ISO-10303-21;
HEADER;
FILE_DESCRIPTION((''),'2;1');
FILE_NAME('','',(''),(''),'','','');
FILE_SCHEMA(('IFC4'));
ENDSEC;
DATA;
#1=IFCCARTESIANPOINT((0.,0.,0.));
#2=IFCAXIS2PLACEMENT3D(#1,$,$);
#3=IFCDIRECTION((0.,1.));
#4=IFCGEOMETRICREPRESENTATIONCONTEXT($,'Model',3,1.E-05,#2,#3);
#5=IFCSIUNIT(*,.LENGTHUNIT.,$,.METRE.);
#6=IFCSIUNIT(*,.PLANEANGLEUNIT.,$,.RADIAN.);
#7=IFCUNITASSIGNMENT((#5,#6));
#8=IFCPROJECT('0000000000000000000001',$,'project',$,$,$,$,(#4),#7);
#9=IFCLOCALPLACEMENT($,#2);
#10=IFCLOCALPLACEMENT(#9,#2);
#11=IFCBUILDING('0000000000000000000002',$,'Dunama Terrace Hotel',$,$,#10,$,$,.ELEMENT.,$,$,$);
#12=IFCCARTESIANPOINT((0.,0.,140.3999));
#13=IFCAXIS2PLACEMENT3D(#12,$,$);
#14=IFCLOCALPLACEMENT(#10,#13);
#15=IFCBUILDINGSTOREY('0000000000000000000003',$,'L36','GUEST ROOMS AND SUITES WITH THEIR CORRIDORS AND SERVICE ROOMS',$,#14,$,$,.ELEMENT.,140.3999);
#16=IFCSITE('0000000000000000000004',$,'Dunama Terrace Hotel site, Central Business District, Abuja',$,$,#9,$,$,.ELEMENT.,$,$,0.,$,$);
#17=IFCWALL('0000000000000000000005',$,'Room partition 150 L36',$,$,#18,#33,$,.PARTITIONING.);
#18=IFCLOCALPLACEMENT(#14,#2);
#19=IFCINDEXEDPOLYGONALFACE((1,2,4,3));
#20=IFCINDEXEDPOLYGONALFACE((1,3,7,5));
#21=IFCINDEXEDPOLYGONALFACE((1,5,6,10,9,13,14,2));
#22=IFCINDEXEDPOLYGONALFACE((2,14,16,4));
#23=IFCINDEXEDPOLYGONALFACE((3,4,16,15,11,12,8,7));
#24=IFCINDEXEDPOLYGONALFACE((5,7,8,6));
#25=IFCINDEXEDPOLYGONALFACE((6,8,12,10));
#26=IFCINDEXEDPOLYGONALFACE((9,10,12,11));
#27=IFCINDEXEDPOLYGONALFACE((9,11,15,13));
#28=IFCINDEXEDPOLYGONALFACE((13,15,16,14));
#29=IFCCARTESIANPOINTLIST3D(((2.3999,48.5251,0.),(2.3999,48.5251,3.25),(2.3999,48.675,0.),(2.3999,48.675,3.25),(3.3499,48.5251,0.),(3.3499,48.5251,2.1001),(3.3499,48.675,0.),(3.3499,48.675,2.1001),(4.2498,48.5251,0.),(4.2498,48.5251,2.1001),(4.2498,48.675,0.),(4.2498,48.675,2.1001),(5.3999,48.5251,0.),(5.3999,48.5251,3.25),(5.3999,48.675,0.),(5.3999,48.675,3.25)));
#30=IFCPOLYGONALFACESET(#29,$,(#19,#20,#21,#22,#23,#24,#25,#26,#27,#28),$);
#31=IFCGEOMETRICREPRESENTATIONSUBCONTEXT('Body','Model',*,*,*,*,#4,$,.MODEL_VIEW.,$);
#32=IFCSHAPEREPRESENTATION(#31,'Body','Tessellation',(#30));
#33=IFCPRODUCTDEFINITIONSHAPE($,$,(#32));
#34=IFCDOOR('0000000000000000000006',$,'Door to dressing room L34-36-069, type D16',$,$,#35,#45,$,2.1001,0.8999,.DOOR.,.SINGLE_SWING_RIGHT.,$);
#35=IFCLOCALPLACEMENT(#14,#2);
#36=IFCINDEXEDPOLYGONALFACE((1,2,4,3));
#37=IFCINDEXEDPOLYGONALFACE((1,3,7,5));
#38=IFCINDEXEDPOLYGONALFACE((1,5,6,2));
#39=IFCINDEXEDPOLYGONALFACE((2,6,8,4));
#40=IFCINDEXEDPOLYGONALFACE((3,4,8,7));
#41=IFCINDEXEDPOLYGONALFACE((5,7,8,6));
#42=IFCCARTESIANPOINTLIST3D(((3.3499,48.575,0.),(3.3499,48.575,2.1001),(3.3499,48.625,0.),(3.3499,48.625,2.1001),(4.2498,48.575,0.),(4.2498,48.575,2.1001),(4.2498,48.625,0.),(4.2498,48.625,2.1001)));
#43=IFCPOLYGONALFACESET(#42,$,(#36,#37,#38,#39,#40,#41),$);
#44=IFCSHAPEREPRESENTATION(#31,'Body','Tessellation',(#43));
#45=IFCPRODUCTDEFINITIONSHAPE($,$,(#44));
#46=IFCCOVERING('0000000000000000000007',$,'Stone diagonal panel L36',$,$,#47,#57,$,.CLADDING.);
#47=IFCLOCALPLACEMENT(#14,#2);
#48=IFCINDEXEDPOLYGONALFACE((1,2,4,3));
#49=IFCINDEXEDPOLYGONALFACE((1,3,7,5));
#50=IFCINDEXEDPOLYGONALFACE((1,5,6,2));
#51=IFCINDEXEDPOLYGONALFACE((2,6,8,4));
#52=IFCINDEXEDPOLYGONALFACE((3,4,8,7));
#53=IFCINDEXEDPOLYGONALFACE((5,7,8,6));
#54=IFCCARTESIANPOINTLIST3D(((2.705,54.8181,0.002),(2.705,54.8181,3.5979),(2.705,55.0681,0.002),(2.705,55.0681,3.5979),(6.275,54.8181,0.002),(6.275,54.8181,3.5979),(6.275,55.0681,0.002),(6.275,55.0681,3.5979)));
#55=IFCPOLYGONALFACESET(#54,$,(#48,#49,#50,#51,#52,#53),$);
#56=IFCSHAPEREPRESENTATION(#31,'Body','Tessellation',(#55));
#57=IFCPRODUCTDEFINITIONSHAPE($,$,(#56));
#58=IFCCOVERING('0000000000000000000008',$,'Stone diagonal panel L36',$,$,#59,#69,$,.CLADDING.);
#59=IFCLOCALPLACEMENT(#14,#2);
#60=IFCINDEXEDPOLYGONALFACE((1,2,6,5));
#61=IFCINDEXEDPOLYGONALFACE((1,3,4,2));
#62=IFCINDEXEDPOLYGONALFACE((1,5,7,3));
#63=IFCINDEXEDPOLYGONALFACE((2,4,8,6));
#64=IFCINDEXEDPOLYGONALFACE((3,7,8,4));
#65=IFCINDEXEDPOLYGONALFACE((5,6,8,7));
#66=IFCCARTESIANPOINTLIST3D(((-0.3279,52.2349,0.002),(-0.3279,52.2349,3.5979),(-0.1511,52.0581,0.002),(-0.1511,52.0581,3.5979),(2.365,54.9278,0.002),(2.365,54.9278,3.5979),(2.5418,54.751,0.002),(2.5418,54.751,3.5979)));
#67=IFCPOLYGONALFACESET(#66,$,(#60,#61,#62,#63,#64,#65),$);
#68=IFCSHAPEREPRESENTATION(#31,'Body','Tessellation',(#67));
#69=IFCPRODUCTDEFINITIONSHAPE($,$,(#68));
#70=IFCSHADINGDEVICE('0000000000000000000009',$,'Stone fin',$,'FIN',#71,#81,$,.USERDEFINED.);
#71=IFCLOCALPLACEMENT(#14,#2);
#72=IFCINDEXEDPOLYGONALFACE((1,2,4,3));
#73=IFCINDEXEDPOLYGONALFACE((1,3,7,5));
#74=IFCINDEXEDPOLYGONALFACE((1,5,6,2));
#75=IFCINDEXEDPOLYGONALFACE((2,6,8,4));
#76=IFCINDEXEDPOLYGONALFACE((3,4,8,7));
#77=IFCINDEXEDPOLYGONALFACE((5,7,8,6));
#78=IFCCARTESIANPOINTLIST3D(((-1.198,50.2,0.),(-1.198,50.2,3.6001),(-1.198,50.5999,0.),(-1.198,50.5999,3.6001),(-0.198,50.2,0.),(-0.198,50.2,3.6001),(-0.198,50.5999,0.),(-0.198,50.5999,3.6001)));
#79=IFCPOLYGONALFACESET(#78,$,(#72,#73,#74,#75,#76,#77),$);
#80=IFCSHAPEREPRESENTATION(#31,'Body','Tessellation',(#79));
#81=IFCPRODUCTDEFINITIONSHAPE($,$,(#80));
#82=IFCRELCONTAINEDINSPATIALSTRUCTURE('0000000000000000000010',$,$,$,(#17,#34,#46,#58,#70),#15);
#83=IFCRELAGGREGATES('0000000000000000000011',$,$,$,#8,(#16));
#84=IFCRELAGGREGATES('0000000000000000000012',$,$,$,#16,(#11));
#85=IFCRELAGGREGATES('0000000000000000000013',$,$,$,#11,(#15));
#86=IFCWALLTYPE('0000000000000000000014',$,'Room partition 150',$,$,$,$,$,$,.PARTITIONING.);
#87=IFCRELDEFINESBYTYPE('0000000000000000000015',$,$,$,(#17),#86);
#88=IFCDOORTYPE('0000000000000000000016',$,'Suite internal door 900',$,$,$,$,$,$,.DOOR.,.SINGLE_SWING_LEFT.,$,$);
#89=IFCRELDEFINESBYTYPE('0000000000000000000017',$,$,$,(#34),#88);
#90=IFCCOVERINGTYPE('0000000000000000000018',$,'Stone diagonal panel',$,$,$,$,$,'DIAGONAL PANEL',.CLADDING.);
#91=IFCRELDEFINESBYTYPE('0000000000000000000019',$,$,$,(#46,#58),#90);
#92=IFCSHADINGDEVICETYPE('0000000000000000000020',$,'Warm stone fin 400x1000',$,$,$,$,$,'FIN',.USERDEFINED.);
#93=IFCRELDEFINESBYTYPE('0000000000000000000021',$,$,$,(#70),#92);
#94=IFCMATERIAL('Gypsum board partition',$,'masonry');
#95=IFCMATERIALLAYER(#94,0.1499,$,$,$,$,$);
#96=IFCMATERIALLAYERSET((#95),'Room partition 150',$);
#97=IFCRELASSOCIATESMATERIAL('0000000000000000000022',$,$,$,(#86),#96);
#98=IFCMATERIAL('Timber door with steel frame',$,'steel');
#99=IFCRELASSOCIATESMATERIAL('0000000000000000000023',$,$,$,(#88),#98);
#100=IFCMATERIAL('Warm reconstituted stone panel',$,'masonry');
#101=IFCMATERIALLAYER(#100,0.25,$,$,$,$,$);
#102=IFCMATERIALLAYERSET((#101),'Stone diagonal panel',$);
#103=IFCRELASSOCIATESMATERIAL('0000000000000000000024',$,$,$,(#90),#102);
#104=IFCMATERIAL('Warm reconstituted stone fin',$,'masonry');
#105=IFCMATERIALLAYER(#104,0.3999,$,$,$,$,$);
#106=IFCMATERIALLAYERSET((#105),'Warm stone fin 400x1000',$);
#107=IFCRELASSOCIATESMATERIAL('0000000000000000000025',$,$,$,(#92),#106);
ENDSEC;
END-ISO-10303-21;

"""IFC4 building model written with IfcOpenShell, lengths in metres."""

from ifc_helpers import new_model, si_unit, direction, frame, frame_2d, origin, origin_2d, place, context, subcontext, project, spatial, rectangle, extrude, material, layer, layer_set, type_object, element, fill, save


model = new_model("IFC4")

# Units and contexts
model_context = context("Model", 3, precision=1e-05, world=origin(), true_north=direction((0.0, 1.0)))
body_context = subcontext(model_context, "Body", "Model", "MODEL_VIEW")
ifc_project = project(units=[si_unit("LENGTHUNIT", "METRE"), si_unit("PLANEANGLEUNIT", "RADIAN")], contexts=[model_context])

# Site, building, storey
site_placement = place(None, origin())
site = spatial("IfcSite", under=ifc_project, at=site_placement, Name="Dunama Terrace Hotel site, Central Business District, Abuja", CompositionType="ELEMENT", RefElevation=0.0)
building_placement = place(site_placement, origin())
building = spatial("IfcBuilding", under=site, at=building_placement, Name="Dunama Terrace Hotel", CompositionType="ELEMENT")
storey_placement = place(building_placement, frame((0.0, 0.0, 140.3999)))
storey = spatial("IfcBuildingStorey", under=building, at=storey_placement, Name="L36", Description="GUEST ROOMS AND SUITES WITH THEIR CORRIDORS AND SERVICE ROOMS", CompositionType="ELEMENT", Elevation=140.3999)

# Shared definitions
ifc_material_1 = material(Name="Gypsum board partition", Category="masonry")
ifc_layer_1 = layer(ifc_material_1, 0.1499)
ifc_layer_set_1 = layer_set([ifc_layer_1], Name="Room partition 150")
wall_type_1 = type_object("IfcWallType", Name="Room partition 150", PredefinedType="PARTITIONING", material=ifc_layer_set_1)

# Wall, opening, door
ifc_material_2 = material(Name="Timber door with steel frame", Category="steel")
door_type_1 = type_object("IfcDoorType", Name="Suite internal door 900", OperationType="SINGLE_SWING_LEFT", PredefinedType="DOOR", material=ifc_material_2)
wall_1_placement = place(storey_placement, frame((2.3999, 48.6001, 0.0), z_axis=(0.0, 0.0, 1.0), x_axis=(1.0, 0.0, 0.0)))
wall_1 = element("IfcWall", 1, at=wall_1_placement, inside=storey, type_object=wall_type_1, Name="Room partition 150 L36", PredefinedType="PARTITIONING", context=body_context, shape_type="SweptSolid", body=[
    extrude(rectangle(XDim=3.0, YDim=0.1499, at=frame_2d((1.5, 0.0))), origin(), (0.0, 0.0, 1.0), 3.25),
])
opening_1_placement = place(wall_1_placement, frame((0.95, 0.0, 0.0)))
opening_1 = element("IfcOpeningElement", 2, at=opening_1_placement, cuts=wall_1, PredefinedType="OPENING", context=body_context, shape_type="SweptSolid", body=[
    extrude(rectangle(XDim=0.8999, YDim=2.1001, at=frame_2d((0.45, 1.05))), frame((0.0, 0.085, 0.0), z_axis=(0.0, -1.0, 0.0), x_axis=(1.0, 0.0, 0.0)), (0.0, 0.0, 1.0), 0.1699),
])
door_1_placement = place(opening_1_placement, frame((0.8999, 0.0, 0.0), z_axis=(0.0, 0.0, 1.0), x_axis=(-1.0, 0.0, 0.0)))
door_1 = element("IfcDoor", 3, at=door_1_placement, inside=storey, type_object=door_type_1, Name="Door to dressing room L34-36-069, type D16", OperationType="SINGLE_SWING_RIGHT", OverallHeight=2.1001, OverallWidth=0.8999, PredefinedType="DOOR", context=body_context, shape_type="SweptSolid", body=[
    extrude(rectangle(XDim=0.8999, YDim=2.1001, at=frame_2d((0.45, 1.05))), frame((0.0, 0.0251, 0.0), z_axis=(0.0, -1.0, 0.0), x_axis=(1.0, 0.0, 0.0)), (0.0, 0.0, 1.0), 0.05),
])
fill(opening_1, door_1)

# Coverings
ifc_material_3 = material(Name="Warm reconstituted stone panel", Category="masonry")
ifc_layer_2 = layer(ifc_material_3, 0.25)
ifc_layer_set_2 = layer_set([ifc_layer_2], Name="Stone diagonal panel")
covering_type = type_object("IfcCoveringType", Name="Stone diagonal panel", ElementType="DIAGONAL PANEL", PredefinedType="CLADDING", material=ifc_layer_set_2)
covering_1_placement = place(storey_placement, frame((4.49, 54.9431, 0.002), z_axis=(0.0, 0.0, 1.0), x_axis=(-1.0, 0.0, 0.0)))
element("IfcCovering", 4, at=covering_1_placement, inside=storey, type_object=covering_type, Name="Stone diagonal panel L36", PredefinedType="CLADDING", context=body_context, shape_type="SweptSolid", body=[
    extrude(rectangle(XDim=3.5701, YDim=0.25, at=origin_2d()), origin(), (0.0, 0.0, 1.0), 3.5959),
])
covering_2_placement = place(storey_placement, frame((1.1069, 53.4929, 0.002), z_axis=(0.0, 0.0, 1.0), x_axis=(-0.707107, -0.707107, 0.0)))
element("IfcCovering", 5, at=covering_2_placement, inside=storey, type_object=covering_type, Name="Stone diagonal panel L36", PredefinedType="CLADDING", context=body_context, shape_type="SweptSolid", body=[
    extrude(rectangle(XDim=3.8083, YDim=0.25, at=origin_2d()), origin(), (0.0, 0.0, 1.0), 3.5959),
])

# Shading device
ifc_material_4 = material(Name="Warm reconstituted stone fin", Category="masonry")
ifc_layer_3 = layer(ifc_material_4, 0.3999)
ifc_layer_set_3 = layer_set([ifc_layer_3], Name="Warm stone fin 400x1000")
shading_device_type = type_object("IfcShadingDeviceType", Name="Warm stone fin 400x1000", ElementType="FIN", PredefinedType="USERDEFINED", material=ifc_layer_set_3)
shading_device_placement = place(storey_placement, frame((-0.698, 50.3999, 0.0), z_axis=(0.0, 0.0, 1.0), x_axis=(0.0, -1.0, 0.0)))
element("IfcShadingDevice", 6, at=shading_device_placement, inside=storey, type_object=shading_device_type, Name="Stone fin", ObjectType="FIN", PredefinedType="USERDEFINED", context=body_context, shape_type="SweptSolid", body=[
    extrude(rectangle(XDim=0.3999, YDim=1.0, at=origin_2d()), origin(), (0.0, 0.0, 1.0), 3.6001),
])

save(model, "model.ifc")
